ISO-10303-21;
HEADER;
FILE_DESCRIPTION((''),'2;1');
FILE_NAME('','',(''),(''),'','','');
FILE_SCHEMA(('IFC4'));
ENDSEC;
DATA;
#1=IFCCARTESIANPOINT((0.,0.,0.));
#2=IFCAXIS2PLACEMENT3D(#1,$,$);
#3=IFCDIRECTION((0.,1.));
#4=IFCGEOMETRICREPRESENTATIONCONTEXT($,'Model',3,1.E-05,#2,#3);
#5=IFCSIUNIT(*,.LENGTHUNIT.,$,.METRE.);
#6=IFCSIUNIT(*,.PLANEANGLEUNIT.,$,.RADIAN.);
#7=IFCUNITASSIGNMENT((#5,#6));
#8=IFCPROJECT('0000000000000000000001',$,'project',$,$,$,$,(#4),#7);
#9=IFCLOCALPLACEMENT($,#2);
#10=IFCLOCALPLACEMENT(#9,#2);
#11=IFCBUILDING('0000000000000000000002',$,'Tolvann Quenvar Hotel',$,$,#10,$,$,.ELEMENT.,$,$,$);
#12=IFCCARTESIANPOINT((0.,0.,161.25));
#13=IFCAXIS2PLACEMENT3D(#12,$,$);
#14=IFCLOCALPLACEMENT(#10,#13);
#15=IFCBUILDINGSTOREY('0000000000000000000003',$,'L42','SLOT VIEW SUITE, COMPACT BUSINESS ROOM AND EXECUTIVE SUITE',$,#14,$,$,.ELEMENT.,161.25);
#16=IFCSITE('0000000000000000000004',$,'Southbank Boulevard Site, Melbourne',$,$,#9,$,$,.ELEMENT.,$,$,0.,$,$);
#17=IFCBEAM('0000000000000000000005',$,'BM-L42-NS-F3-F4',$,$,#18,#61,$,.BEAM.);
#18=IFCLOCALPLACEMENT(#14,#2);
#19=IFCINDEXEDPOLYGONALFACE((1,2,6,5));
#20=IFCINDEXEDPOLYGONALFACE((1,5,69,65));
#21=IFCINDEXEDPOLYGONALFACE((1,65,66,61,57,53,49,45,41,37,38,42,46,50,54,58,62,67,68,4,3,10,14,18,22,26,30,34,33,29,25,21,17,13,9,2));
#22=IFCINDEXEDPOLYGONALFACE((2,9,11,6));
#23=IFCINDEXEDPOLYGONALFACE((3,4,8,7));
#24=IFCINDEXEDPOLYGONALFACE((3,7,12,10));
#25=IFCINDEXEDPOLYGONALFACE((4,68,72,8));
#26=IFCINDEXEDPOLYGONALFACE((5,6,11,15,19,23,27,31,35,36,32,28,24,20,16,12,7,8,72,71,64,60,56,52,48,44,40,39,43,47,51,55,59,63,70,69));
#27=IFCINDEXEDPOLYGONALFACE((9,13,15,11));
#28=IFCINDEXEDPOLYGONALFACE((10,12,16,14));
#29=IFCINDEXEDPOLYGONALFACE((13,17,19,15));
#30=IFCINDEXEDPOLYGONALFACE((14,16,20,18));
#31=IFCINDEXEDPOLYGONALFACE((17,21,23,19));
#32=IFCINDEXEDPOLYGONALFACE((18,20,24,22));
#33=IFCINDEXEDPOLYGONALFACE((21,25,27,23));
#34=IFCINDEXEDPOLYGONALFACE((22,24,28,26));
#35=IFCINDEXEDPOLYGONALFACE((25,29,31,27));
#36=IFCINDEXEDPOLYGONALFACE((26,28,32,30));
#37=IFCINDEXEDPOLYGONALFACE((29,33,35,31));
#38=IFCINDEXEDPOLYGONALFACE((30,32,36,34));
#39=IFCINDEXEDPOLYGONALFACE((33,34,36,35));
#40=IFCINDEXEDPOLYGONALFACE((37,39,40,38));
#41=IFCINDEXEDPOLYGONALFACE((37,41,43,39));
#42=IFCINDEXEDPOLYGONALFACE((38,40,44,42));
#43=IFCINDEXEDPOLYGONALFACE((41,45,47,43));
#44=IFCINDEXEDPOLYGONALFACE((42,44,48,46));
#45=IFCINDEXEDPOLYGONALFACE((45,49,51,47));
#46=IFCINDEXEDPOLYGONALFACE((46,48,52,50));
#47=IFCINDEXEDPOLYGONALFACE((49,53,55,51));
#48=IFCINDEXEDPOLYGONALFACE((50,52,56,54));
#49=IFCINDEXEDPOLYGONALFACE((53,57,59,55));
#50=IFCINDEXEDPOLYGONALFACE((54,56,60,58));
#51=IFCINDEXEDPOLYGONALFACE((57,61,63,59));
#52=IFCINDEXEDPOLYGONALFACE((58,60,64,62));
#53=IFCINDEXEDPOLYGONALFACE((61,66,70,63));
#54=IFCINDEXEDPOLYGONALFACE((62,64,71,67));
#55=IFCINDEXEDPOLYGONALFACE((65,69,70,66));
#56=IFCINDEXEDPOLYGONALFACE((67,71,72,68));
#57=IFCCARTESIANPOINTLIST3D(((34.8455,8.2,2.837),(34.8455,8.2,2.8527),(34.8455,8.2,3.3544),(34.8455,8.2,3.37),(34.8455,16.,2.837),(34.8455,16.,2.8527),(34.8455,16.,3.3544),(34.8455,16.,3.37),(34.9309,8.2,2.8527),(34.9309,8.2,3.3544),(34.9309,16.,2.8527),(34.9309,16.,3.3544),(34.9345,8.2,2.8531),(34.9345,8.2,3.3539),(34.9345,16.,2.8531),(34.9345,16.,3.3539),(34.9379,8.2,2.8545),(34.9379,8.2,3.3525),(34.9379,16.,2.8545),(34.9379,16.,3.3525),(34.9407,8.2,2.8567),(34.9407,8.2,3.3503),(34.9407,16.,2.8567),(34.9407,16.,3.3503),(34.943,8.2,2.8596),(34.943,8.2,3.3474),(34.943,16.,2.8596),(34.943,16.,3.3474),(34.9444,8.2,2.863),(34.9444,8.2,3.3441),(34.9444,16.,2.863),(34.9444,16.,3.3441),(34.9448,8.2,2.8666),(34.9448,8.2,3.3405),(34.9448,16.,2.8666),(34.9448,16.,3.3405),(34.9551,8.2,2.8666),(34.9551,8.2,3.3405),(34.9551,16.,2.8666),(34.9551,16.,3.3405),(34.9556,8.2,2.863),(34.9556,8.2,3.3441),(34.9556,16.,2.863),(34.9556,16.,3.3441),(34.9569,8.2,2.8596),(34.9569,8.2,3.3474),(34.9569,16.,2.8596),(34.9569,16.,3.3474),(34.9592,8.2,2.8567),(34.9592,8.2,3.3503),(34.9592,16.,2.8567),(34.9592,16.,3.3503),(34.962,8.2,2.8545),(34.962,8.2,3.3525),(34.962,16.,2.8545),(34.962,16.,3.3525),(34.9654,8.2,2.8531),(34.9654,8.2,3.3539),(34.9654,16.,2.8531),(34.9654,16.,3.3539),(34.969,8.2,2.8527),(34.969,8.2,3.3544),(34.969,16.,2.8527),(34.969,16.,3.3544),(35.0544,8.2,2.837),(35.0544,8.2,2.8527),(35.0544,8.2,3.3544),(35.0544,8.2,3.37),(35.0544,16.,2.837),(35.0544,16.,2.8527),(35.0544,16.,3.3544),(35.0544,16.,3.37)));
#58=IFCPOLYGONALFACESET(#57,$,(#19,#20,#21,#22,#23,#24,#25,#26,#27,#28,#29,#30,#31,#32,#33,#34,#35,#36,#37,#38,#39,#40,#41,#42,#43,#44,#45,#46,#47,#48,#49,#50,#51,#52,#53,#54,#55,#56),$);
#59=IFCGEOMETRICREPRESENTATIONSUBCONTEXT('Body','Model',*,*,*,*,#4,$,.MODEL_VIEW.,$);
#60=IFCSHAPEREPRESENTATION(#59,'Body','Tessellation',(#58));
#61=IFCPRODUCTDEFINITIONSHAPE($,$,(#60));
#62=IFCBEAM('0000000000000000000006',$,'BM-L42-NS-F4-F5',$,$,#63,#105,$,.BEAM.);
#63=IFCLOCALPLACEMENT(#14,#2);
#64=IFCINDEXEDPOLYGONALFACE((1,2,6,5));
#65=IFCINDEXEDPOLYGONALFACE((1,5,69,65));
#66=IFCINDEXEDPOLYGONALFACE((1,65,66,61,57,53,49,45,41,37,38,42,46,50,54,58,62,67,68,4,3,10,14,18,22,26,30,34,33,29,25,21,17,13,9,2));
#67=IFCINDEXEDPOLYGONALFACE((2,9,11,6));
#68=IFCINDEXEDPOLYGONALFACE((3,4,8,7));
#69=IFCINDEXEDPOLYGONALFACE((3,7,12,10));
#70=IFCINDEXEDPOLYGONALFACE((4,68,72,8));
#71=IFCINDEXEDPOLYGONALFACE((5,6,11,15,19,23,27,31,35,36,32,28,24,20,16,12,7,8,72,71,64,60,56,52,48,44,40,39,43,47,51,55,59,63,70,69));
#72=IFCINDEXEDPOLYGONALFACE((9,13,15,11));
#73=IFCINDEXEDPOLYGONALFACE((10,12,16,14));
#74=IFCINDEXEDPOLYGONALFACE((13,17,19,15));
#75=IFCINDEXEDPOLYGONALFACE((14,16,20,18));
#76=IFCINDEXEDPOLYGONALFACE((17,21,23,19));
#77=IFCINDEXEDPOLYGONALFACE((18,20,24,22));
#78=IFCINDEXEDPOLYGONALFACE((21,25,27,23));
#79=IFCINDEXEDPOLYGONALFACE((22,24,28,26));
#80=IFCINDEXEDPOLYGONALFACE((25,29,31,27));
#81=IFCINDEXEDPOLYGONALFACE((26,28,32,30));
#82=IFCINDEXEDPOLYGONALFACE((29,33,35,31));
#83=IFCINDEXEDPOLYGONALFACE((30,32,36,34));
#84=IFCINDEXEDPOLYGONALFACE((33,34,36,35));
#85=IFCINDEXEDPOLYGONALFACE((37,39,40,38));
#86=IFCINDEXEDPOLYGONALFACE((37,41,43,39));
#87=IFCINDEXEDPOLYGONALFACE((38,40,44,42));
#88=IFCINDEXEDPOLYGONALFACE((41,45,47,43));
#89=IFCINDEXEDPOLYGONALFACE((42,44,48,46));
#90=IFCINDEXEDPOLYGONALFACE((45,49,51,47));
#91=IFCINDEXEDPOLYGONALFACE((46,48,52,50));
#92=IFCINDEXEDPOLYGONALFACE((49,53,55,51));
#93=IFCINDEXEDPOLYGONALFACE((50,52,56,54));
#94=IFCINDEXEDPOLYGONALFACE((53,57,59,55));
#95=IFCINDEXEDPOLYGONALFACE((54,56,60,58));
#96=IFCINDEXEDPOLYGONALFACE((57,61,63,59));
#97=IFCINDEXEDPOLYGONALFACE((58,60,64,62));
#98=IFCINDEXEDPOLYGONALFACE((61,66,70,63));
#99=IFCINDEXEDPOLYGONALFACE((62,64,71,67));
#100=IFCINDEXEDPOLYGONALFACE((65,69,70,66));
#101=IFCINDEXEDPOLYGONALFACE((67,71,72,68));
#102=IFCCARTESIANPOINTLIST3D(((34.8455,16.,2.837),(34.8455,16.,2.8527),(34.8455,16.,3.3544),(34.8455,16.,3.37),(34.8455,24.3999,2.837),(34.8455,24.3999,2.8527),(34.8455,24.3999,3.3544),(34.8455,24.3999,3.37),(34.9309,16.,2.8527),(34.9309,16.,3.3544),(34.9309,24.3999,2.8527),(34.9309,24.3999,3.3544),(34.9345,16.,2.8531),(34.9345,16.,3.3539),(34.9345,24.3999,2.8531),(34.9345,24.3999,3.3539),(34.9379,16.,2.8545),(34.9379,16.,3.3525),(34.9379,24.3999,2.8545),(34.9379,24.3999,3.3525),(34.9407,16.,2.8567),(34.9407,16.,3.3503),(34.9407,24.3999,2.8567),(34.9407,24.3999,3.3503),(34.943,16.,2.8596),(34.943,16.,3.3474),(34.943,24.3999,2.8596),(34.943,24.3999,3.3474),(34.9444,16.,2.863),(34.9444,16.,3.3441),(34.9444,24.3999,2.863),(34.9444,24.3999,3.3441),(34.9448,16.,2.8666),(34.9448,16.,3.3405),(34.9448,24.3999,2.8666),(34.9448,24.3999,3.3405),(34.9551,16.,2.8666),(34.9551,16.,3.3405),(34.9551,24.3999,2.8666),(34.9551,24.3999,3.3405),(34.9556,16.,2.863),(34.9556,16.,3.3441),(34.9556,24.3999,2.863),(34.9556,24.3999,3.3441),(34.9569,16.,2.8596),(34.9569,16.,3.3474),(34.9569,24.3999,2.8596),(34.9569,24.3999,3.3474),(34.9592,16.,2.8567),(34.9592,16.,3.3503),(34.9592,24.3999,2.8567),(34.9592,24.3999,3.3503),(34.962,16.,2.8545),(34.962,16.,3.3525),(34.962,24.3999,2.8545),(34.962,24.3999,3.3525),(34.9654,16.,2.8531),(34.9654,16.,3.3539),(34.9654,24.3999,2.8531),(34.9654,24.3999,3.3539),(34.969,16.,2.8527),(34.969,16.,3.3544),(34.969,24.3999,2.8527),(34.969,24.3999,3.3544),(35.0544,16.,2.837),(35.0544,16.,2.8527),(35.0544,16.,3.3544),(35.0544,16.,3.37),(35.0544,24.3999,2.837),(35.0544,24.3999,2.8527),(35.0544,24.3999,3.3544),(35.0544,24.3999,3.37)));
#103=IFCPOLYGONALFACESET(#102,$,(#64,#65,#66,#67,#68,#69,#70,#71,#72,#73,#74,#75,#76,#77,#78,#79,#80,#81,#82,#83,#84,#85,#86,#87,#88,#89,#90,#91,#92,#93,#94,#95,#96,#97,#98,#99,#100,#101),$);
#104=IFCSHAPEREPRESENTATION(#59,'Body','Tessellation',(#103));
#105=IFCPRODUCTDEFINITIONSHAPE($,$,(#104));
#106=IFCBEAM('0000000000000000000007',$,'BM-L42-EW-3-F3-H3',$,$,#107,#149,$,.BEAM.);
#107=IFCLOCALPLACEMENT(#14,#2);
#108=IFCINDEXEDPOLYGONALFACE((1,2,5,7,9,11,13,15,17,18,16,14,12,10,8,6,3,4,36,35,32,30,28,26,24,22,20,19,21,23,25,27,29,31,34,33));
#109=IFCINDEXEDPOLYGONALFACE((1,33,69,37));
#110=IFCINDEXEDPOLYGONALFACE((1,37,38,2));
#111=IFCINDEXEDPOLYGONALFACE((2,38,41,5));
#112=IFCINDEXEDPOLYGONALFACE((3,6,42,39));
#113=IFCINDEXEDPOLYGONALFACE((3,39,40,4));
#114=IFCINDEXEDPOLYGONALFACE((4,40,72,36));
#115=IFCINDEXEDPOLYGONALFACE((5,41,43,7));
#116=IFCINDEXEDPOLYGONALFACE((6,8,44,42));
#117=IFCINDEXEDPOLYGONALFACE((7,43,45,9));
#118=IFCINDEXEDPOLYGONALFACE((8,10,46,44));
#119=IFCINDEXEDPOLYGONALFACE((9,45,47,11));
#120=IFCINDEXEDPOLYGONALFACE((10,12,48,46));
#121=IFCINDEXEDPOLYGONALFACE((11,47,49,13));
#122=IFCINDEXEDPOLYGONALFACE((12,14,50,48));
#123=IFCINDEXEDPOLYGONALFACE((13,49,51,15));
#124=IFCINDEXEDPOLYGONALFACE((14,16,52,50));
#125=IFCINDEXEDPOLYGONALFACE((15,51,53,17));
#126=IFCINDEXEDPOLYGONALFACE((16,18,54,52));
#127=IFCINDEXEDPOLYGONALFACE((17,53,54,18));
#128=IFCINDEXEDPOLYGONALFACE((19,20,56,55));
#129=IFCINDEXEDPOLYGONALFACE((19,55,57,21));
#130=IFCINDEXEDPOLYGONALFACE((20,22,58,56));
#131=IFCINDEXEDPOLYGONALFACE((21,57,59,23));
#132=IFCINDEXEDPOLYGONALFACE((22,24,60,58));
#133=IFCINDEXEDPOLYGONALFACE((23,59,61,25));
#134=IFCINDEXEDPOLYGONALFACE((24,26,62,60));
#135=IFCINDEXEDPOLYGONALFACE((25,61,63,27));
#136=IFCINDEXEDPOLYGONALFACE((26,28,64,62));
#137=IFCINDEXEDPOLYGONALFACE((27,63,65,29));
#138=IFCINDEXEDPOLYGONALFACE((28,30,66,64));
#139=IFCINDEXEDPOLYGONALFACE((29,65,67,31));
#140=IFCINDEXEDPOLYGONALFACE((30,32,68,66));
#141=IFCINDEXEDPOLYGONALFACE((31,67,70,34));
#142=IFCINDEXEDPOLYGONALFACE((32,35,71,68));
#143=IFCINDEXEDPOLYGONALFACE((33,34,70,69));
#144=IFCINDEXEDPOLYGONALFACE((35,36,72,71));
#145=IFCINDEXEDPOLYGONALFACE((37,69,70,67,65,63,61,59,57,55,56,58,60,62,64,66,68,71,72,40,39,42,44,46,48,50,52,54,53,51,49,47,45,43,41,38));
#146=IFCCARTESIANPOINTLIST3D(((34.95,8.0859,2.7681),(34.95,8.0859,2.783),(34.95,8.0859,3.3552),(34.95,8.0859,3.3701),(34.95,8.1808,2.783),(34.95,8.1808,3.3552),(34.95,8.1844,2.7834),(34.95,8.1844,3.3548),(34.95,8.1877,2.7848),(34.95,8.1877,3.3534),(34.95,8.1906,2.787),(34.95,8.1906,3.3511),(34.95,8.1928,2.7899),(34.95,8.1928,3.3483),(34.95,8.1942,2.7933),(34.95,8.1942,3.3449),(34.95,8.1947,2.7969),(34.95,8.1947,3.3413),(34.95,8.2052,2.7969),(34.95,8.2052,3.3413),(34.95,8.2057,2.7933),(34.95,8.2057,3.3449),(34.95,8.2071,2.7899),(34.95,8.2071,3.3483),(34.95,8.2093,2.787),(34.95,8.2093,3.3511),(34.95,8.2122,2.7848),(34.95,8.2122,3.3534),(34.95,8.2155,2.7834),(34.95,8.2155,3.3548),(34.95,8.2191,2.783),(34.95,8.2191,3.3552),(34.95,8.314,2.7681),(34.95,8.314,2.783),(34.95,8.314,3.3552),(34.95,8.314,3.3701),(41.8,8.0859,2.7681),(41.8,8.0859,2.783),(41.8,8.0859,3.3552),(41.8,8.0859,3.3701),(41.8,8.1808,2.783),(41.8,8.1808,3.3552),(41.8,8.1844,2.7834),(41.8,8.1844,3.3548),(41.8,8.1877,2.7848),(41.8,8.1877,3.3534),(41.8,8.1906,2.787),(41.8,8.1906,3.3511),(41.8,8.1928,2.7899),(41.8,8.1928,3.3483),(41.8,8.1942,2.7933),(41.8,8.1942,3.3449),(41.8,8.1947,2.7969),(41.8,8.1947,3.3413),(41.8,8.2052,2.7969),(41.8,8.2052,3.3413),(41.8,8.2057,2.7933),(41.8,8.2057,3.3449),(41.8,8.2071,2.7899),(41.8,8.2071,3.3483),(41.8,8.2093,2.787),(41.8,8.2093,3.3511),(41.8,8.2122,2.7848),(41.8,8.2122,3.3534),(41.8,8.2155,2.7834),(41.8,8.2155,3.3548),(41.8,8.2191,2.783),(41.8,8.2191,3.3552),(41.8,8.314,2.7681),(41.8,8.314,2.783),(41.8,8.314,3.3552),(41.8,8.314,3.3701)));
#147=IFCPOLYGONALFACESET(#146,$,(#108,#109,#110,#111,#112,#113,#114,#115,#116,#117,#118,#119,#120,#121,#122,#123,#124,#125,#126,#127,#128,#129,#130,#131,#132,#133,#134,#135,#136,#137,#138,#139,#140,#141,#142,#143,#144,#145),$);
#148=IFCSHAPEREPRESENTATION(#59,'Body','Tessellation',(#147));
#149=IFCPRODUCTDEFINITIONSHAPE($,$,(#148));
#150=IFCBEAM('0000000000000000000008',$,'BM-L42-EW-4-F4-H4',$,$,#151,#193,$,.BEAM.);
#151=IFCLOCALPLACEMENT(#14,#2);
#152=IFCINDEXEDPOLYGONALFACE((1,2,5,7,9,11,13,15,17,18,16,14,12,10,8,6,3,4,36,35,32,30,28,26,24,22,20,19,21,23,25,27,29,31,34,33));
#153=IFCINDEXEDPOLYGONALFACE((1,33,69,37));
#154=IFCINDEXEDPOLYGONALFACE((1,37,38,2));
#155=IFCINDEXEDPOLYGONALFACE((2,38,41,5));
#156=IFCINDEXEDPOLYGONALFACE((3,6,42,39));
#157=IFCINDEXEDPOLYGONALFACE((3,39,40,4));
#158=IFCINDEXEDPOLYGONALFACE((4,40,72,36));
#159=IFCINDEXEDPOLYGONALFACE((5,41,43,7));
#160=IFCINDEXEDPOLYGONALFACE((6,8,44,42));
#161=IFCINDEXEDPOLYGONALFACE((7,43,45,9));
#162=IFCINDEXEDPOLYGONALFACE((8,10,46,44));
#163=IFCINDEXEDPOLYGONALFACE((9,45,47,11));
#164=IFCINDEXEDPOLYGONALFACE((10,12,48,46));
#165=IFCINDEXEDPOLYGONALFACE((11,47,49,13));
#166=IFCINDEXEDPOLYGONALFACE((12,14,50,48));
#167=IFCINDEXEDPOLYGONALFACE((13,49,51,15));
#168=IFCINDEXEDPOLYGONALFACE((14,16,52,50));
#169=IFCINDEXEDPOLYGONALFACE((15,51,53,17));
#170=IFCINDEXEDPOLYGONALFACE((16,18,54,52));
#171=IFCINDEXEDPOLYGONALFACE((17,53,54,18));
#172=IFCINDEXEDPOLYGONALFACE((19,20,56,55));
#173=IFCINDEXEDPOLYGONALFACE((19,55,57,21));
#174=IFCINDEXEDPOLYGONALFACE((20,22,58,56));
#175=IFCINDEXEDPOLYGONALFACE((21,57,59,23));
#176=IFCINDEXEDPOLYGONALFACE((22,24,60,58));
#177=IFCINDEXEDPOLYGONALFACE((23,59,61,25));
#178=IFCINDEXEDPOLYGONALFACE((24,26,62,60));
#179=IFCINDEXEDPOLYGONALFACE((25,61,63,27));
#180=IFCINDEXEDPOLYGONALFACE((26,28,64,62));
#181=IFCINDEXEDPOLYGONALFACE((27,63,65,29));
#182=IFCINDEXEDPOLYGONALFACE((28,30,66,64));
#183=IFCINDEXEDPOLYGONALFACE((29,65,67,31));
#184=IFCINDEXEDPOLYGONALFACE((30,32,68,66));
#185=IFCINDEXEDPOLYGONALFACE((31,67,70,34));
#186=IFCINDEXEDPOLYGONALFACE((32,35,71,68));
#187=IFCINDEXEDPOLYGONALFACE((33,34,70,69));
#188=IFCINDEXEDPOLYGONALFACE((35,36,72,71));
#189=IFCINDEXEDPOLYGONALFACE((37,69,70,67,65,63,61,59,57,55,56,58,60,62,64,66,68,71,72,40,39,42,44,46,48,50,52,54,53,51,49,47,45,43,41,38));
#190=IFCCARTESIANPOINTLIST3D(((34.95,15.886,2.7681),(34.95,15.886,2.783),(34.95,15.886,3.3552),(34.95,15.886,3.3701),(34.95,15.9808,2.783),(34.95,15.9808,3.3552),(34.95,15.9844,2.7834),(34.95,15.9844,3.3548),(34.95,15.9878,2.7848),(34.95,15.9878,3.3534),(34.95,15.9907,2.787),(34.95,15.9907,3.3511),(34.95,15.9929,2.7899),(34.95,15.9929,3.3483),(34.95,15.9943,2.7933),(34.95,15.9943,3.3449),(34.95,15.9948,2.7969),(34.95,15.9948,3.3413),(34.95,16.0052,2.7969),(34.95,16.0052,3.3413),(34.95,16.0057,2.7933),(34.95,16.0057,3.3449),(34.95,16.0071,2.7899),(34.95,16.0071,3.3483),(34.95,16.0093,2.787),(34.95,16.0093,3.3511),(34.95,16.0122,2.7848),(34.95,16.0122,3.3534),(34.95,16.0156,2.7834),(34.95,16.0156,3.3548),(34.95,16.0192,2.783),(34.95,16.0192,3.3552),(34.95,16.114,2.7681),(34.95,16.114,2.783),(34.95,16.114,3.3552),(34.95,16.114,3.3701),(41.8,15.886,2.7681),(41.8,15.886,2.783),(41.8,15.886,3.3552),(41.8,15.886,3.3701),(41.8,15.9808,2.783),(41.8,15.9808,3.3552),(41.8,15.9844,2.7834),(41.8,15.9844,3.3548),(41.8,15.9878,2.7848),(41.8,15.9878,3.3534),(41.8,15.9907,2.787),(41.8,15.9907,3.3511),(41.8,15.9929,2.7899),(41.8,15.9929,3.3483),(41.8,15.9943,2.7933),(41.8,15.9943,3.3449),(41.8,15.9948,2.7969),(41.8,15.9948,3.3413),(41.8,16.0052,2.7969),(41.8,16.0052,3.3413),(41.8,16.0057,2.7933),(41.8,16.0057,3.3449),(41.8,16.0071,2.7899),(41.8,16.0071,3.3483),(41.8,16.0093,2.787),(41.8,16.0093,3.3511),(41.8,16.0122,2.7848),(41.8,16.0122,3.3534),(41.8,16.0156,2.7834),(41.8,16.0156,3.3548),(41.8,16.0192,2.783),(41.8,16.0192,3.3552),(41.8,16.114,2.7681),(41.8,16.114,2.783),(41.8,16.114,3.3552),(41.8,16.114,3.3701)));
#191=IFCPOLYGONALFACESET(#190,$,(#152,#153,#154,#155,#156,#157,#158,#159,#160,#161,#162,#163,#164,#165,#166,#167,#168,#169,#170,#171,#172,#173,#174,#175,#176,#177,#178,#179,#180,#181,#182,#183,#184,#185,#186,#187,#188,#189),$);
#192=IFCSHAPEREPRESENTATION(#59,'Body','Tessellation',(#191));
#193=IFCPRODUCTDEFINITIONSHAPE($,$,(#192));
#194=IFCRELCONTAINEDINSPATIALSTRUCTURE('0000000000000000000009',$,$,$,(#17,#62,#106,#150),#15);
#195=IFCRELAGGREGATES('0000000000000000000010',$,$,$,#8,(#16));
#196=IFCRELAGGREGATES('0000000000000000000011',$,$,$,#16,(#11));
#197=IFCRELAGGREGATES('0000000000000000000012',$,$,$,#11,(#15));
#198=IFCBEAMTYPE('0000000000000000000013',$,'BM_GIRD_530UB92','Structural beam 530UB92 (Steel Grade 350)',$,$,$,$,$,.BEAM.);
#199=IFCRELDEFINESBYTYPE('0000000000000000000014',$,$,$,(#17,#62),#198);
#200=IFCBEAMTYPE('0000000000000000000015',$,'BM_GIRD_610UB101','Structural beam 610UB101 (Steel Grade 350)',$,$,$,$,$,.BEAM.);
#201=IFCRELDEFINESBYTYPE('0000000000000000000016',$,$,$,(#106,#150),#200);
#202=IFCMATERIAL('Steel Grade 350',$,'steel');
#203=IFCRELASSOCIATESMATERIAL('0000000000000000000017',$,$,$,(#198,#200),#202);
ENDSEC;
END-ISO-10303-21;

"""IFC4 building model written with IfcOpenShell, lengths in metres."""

from ifc_helpers import new_model, si_unit, direction, frame, origin, origin_2d, place, context, subcontext, project, spatial, i_section, extrude, source, transform, mapped, material, material_profile, profile_set, type_object, type_shapes, element, save


model = new_model("IFC4")

# Units and contexts
model_context = context("Model", 3, precision=1e-05, world=origin(), true_north=direction((0.0, 1.0)))
body_context = subcontext(model_context, "Body", "Model", "MODEL_VIEW")
ifc_project = project(units=[si_unit("LENGTHUNIT", "METRE"), si_unit("PLANEANGLEUNIT", "RADIAN")], contexts=[model_context])

# Site, building, storey
site_placement = place(None, origin())
site = spatial("IfcSite", under=ifc_project, at=site_placement, Name="Southbank Boulevard Site, Melbourne", CompositionType="ELEMENT", RefElevation=0.0)
building_placement = place(site_placement, origin())
building = spatial("IfcBuilding", under=site, at=building_placement, Name="Tolvann Quenvar Hotel", CompositionType="ELEMENT")
storey_placement = place(building_placement, frame((0.0, 0.0, 161.25)))
storey = spatial("IfcBuildingStorey", under=building, at=storey_placement, Name="L42", Description="SLOT VIEW SUITE, COMPACT BUSINESS ROOM AND EXECUTIVE SUITE", CompositionType="ELEMENT", Elevation=161.25)

# Beams
ifc_material_1 = material(Name="Steel Grade 350", Category="steel")
ifc_material_profile_1 = material_profile(ifc_material_1, i_section(OverallWidth=0.209, OverallDepth=0.533, WebThickness=0.0103, FlangeThickness=0.0156, FilletRadius=0.0139, at=origin_2d()), Name="530UB92")
ifc_profile_set_1 = profile_set([ifc_material_profile_1], Name="Steel Grade 350")
beam_type_1 = type_object("IfcBeamType", Name="BM_GIRD_530UB92", Description="Structural beam 530UB92 (Steel Grade 350)", PredefinedType="BEAM", material=ifc_profile_set_1)
shared_shape_1 = source(origin(), body_context, "Body", "SweptSolid", [
    extrude(i_section(OverallWidth=0.209, OverallDepth=0.533, WebThickness=0.0103, FlangeThickness=0.0156, FilletRadius=0.0139, at=origin_2d()), origin(), (0.0, 0.0, 1.0), 7.8),
])
beam_1_placement = place(storey_placement, frame((34.95, 8.2, 3.1035), z_axis=(0.0, 1.0, 0.0), x_axis=(-1.0, 0.0, 0.0)))
element("IfcBeam", 1, at=beam_1_placement, inside=storey, type_object=beam_type_1, Name="BM-L42-NS-F3-F4", PredefinedType="BEAM", context=body_context, shape_type="MappedRepresentation", body=[
    mapped(shared_shape_1, transform((0.0, 0.0, 0.0), x_axis=(1.0, 0.0, 0.0), y_axis=(0.0, 1.0, 0.0), z_axis=(0.0, 0.0, 1.0), scale=1.0)),
])
shared_shape_2 = source(origin(), body_context, "Body", "SweptSolid", [
    extrude(i_section(OverallWidth=0.209, OverallDepth=0.533, WebThickness=0.0103, FlangeThickness=0.0156, FilletRadius=0.0139, at=origin_2d()), origin(), (0.0, 0.0, 1.0), 8.3999),
])
beam_2_placement = place(storey_placement, frame((34.95, 16.0, 3.1035), z_axis=(0.0, 1.0, 0.0), x_axis=(-1.0, 0.0, 0.0)))
element("IfcBeam", 2, at=beam_2_placement, inside=storey, type_object=beam_type_1, Name="BM-L42-NS-F4-F5", PredefinedType="BEAM", context=body_context, shape_type="MappedRepresentation", body=[
    mapped(shared_shape_2, transform((0.0, 0.0, 0.0), x_axis=(1.0, 0.0, 0.0), y_axis=(0.0, 1.0, 0.0), z_axis=(0.0, 0.0, 1.0), scale=1.0)),
])
ifc_material_profile_2 = material_profile(ifc_material_1, i_section(OverallWidth=0.228, OverallDepth=0.6021, WebThickness=0.0105, FlangeThickness=0.0149, FilletRadius=0.0139, at=origin_2d()), Name="610UB101")
ifc_profile_set_2 = profile_set([ifc_material_profile_2], Name="Steel Grade 350")
beam_type_2 = type_object("IfcBeamType", Name="BM_GIRD_610UB101", Description="Structural beam 610UB101 (Steel Grade 350)", PredefinedType="BEAM", material=ifc_profile_set_2)
shared_shape_3 = source(origin(), body_context, "Body", "SweptSolid", [
    extrude(i_section(OverallWidth=0.228, OverallDepth=0.6021, WebThickness=0.0105, FlangeThickness=0.0149, FilletRadius=0.0139, at=origin_2d()), origin(), (0.0, 0.0, 1.0), 6.8501),
])
type_shapes(beam_type_2, [shared_shape_3])
for number, where, z_axis, x_axis, name in (
    (3, (34.95, 8.2, 3.0691), (1.0, 0.0, 0.0), (0.0, 1.0, 0.0), "BM-L42-EW-3-F3-H3"),
    (4, (34.95, 16.0, 3.0691), (1.0, 0.0, 0.0), (0.0, 1.0, 0.0), "BM-L42-EW-4-F4-H4"),
):
    element("IfcBeam", number, at=place(storey_placement, frame(where, z_axis=z_axis, x_axis=x_axis)), inside=storey, type_object=beam_type_2, Name=name, PredefinedType="BEAM", context=body_context, shape_type="MappedRepresentation", body=[
        mapped(shared_shape_3, transform((0.0, 0.0, 0.0), x_axis=(1.0, 0.0, 0.0), y_axis=(0.0, 1.0, 0.0), z_axis=(0.0, 0.0, 1.0), scale=1.0)),
    ])

save(model, "model.ifc")
